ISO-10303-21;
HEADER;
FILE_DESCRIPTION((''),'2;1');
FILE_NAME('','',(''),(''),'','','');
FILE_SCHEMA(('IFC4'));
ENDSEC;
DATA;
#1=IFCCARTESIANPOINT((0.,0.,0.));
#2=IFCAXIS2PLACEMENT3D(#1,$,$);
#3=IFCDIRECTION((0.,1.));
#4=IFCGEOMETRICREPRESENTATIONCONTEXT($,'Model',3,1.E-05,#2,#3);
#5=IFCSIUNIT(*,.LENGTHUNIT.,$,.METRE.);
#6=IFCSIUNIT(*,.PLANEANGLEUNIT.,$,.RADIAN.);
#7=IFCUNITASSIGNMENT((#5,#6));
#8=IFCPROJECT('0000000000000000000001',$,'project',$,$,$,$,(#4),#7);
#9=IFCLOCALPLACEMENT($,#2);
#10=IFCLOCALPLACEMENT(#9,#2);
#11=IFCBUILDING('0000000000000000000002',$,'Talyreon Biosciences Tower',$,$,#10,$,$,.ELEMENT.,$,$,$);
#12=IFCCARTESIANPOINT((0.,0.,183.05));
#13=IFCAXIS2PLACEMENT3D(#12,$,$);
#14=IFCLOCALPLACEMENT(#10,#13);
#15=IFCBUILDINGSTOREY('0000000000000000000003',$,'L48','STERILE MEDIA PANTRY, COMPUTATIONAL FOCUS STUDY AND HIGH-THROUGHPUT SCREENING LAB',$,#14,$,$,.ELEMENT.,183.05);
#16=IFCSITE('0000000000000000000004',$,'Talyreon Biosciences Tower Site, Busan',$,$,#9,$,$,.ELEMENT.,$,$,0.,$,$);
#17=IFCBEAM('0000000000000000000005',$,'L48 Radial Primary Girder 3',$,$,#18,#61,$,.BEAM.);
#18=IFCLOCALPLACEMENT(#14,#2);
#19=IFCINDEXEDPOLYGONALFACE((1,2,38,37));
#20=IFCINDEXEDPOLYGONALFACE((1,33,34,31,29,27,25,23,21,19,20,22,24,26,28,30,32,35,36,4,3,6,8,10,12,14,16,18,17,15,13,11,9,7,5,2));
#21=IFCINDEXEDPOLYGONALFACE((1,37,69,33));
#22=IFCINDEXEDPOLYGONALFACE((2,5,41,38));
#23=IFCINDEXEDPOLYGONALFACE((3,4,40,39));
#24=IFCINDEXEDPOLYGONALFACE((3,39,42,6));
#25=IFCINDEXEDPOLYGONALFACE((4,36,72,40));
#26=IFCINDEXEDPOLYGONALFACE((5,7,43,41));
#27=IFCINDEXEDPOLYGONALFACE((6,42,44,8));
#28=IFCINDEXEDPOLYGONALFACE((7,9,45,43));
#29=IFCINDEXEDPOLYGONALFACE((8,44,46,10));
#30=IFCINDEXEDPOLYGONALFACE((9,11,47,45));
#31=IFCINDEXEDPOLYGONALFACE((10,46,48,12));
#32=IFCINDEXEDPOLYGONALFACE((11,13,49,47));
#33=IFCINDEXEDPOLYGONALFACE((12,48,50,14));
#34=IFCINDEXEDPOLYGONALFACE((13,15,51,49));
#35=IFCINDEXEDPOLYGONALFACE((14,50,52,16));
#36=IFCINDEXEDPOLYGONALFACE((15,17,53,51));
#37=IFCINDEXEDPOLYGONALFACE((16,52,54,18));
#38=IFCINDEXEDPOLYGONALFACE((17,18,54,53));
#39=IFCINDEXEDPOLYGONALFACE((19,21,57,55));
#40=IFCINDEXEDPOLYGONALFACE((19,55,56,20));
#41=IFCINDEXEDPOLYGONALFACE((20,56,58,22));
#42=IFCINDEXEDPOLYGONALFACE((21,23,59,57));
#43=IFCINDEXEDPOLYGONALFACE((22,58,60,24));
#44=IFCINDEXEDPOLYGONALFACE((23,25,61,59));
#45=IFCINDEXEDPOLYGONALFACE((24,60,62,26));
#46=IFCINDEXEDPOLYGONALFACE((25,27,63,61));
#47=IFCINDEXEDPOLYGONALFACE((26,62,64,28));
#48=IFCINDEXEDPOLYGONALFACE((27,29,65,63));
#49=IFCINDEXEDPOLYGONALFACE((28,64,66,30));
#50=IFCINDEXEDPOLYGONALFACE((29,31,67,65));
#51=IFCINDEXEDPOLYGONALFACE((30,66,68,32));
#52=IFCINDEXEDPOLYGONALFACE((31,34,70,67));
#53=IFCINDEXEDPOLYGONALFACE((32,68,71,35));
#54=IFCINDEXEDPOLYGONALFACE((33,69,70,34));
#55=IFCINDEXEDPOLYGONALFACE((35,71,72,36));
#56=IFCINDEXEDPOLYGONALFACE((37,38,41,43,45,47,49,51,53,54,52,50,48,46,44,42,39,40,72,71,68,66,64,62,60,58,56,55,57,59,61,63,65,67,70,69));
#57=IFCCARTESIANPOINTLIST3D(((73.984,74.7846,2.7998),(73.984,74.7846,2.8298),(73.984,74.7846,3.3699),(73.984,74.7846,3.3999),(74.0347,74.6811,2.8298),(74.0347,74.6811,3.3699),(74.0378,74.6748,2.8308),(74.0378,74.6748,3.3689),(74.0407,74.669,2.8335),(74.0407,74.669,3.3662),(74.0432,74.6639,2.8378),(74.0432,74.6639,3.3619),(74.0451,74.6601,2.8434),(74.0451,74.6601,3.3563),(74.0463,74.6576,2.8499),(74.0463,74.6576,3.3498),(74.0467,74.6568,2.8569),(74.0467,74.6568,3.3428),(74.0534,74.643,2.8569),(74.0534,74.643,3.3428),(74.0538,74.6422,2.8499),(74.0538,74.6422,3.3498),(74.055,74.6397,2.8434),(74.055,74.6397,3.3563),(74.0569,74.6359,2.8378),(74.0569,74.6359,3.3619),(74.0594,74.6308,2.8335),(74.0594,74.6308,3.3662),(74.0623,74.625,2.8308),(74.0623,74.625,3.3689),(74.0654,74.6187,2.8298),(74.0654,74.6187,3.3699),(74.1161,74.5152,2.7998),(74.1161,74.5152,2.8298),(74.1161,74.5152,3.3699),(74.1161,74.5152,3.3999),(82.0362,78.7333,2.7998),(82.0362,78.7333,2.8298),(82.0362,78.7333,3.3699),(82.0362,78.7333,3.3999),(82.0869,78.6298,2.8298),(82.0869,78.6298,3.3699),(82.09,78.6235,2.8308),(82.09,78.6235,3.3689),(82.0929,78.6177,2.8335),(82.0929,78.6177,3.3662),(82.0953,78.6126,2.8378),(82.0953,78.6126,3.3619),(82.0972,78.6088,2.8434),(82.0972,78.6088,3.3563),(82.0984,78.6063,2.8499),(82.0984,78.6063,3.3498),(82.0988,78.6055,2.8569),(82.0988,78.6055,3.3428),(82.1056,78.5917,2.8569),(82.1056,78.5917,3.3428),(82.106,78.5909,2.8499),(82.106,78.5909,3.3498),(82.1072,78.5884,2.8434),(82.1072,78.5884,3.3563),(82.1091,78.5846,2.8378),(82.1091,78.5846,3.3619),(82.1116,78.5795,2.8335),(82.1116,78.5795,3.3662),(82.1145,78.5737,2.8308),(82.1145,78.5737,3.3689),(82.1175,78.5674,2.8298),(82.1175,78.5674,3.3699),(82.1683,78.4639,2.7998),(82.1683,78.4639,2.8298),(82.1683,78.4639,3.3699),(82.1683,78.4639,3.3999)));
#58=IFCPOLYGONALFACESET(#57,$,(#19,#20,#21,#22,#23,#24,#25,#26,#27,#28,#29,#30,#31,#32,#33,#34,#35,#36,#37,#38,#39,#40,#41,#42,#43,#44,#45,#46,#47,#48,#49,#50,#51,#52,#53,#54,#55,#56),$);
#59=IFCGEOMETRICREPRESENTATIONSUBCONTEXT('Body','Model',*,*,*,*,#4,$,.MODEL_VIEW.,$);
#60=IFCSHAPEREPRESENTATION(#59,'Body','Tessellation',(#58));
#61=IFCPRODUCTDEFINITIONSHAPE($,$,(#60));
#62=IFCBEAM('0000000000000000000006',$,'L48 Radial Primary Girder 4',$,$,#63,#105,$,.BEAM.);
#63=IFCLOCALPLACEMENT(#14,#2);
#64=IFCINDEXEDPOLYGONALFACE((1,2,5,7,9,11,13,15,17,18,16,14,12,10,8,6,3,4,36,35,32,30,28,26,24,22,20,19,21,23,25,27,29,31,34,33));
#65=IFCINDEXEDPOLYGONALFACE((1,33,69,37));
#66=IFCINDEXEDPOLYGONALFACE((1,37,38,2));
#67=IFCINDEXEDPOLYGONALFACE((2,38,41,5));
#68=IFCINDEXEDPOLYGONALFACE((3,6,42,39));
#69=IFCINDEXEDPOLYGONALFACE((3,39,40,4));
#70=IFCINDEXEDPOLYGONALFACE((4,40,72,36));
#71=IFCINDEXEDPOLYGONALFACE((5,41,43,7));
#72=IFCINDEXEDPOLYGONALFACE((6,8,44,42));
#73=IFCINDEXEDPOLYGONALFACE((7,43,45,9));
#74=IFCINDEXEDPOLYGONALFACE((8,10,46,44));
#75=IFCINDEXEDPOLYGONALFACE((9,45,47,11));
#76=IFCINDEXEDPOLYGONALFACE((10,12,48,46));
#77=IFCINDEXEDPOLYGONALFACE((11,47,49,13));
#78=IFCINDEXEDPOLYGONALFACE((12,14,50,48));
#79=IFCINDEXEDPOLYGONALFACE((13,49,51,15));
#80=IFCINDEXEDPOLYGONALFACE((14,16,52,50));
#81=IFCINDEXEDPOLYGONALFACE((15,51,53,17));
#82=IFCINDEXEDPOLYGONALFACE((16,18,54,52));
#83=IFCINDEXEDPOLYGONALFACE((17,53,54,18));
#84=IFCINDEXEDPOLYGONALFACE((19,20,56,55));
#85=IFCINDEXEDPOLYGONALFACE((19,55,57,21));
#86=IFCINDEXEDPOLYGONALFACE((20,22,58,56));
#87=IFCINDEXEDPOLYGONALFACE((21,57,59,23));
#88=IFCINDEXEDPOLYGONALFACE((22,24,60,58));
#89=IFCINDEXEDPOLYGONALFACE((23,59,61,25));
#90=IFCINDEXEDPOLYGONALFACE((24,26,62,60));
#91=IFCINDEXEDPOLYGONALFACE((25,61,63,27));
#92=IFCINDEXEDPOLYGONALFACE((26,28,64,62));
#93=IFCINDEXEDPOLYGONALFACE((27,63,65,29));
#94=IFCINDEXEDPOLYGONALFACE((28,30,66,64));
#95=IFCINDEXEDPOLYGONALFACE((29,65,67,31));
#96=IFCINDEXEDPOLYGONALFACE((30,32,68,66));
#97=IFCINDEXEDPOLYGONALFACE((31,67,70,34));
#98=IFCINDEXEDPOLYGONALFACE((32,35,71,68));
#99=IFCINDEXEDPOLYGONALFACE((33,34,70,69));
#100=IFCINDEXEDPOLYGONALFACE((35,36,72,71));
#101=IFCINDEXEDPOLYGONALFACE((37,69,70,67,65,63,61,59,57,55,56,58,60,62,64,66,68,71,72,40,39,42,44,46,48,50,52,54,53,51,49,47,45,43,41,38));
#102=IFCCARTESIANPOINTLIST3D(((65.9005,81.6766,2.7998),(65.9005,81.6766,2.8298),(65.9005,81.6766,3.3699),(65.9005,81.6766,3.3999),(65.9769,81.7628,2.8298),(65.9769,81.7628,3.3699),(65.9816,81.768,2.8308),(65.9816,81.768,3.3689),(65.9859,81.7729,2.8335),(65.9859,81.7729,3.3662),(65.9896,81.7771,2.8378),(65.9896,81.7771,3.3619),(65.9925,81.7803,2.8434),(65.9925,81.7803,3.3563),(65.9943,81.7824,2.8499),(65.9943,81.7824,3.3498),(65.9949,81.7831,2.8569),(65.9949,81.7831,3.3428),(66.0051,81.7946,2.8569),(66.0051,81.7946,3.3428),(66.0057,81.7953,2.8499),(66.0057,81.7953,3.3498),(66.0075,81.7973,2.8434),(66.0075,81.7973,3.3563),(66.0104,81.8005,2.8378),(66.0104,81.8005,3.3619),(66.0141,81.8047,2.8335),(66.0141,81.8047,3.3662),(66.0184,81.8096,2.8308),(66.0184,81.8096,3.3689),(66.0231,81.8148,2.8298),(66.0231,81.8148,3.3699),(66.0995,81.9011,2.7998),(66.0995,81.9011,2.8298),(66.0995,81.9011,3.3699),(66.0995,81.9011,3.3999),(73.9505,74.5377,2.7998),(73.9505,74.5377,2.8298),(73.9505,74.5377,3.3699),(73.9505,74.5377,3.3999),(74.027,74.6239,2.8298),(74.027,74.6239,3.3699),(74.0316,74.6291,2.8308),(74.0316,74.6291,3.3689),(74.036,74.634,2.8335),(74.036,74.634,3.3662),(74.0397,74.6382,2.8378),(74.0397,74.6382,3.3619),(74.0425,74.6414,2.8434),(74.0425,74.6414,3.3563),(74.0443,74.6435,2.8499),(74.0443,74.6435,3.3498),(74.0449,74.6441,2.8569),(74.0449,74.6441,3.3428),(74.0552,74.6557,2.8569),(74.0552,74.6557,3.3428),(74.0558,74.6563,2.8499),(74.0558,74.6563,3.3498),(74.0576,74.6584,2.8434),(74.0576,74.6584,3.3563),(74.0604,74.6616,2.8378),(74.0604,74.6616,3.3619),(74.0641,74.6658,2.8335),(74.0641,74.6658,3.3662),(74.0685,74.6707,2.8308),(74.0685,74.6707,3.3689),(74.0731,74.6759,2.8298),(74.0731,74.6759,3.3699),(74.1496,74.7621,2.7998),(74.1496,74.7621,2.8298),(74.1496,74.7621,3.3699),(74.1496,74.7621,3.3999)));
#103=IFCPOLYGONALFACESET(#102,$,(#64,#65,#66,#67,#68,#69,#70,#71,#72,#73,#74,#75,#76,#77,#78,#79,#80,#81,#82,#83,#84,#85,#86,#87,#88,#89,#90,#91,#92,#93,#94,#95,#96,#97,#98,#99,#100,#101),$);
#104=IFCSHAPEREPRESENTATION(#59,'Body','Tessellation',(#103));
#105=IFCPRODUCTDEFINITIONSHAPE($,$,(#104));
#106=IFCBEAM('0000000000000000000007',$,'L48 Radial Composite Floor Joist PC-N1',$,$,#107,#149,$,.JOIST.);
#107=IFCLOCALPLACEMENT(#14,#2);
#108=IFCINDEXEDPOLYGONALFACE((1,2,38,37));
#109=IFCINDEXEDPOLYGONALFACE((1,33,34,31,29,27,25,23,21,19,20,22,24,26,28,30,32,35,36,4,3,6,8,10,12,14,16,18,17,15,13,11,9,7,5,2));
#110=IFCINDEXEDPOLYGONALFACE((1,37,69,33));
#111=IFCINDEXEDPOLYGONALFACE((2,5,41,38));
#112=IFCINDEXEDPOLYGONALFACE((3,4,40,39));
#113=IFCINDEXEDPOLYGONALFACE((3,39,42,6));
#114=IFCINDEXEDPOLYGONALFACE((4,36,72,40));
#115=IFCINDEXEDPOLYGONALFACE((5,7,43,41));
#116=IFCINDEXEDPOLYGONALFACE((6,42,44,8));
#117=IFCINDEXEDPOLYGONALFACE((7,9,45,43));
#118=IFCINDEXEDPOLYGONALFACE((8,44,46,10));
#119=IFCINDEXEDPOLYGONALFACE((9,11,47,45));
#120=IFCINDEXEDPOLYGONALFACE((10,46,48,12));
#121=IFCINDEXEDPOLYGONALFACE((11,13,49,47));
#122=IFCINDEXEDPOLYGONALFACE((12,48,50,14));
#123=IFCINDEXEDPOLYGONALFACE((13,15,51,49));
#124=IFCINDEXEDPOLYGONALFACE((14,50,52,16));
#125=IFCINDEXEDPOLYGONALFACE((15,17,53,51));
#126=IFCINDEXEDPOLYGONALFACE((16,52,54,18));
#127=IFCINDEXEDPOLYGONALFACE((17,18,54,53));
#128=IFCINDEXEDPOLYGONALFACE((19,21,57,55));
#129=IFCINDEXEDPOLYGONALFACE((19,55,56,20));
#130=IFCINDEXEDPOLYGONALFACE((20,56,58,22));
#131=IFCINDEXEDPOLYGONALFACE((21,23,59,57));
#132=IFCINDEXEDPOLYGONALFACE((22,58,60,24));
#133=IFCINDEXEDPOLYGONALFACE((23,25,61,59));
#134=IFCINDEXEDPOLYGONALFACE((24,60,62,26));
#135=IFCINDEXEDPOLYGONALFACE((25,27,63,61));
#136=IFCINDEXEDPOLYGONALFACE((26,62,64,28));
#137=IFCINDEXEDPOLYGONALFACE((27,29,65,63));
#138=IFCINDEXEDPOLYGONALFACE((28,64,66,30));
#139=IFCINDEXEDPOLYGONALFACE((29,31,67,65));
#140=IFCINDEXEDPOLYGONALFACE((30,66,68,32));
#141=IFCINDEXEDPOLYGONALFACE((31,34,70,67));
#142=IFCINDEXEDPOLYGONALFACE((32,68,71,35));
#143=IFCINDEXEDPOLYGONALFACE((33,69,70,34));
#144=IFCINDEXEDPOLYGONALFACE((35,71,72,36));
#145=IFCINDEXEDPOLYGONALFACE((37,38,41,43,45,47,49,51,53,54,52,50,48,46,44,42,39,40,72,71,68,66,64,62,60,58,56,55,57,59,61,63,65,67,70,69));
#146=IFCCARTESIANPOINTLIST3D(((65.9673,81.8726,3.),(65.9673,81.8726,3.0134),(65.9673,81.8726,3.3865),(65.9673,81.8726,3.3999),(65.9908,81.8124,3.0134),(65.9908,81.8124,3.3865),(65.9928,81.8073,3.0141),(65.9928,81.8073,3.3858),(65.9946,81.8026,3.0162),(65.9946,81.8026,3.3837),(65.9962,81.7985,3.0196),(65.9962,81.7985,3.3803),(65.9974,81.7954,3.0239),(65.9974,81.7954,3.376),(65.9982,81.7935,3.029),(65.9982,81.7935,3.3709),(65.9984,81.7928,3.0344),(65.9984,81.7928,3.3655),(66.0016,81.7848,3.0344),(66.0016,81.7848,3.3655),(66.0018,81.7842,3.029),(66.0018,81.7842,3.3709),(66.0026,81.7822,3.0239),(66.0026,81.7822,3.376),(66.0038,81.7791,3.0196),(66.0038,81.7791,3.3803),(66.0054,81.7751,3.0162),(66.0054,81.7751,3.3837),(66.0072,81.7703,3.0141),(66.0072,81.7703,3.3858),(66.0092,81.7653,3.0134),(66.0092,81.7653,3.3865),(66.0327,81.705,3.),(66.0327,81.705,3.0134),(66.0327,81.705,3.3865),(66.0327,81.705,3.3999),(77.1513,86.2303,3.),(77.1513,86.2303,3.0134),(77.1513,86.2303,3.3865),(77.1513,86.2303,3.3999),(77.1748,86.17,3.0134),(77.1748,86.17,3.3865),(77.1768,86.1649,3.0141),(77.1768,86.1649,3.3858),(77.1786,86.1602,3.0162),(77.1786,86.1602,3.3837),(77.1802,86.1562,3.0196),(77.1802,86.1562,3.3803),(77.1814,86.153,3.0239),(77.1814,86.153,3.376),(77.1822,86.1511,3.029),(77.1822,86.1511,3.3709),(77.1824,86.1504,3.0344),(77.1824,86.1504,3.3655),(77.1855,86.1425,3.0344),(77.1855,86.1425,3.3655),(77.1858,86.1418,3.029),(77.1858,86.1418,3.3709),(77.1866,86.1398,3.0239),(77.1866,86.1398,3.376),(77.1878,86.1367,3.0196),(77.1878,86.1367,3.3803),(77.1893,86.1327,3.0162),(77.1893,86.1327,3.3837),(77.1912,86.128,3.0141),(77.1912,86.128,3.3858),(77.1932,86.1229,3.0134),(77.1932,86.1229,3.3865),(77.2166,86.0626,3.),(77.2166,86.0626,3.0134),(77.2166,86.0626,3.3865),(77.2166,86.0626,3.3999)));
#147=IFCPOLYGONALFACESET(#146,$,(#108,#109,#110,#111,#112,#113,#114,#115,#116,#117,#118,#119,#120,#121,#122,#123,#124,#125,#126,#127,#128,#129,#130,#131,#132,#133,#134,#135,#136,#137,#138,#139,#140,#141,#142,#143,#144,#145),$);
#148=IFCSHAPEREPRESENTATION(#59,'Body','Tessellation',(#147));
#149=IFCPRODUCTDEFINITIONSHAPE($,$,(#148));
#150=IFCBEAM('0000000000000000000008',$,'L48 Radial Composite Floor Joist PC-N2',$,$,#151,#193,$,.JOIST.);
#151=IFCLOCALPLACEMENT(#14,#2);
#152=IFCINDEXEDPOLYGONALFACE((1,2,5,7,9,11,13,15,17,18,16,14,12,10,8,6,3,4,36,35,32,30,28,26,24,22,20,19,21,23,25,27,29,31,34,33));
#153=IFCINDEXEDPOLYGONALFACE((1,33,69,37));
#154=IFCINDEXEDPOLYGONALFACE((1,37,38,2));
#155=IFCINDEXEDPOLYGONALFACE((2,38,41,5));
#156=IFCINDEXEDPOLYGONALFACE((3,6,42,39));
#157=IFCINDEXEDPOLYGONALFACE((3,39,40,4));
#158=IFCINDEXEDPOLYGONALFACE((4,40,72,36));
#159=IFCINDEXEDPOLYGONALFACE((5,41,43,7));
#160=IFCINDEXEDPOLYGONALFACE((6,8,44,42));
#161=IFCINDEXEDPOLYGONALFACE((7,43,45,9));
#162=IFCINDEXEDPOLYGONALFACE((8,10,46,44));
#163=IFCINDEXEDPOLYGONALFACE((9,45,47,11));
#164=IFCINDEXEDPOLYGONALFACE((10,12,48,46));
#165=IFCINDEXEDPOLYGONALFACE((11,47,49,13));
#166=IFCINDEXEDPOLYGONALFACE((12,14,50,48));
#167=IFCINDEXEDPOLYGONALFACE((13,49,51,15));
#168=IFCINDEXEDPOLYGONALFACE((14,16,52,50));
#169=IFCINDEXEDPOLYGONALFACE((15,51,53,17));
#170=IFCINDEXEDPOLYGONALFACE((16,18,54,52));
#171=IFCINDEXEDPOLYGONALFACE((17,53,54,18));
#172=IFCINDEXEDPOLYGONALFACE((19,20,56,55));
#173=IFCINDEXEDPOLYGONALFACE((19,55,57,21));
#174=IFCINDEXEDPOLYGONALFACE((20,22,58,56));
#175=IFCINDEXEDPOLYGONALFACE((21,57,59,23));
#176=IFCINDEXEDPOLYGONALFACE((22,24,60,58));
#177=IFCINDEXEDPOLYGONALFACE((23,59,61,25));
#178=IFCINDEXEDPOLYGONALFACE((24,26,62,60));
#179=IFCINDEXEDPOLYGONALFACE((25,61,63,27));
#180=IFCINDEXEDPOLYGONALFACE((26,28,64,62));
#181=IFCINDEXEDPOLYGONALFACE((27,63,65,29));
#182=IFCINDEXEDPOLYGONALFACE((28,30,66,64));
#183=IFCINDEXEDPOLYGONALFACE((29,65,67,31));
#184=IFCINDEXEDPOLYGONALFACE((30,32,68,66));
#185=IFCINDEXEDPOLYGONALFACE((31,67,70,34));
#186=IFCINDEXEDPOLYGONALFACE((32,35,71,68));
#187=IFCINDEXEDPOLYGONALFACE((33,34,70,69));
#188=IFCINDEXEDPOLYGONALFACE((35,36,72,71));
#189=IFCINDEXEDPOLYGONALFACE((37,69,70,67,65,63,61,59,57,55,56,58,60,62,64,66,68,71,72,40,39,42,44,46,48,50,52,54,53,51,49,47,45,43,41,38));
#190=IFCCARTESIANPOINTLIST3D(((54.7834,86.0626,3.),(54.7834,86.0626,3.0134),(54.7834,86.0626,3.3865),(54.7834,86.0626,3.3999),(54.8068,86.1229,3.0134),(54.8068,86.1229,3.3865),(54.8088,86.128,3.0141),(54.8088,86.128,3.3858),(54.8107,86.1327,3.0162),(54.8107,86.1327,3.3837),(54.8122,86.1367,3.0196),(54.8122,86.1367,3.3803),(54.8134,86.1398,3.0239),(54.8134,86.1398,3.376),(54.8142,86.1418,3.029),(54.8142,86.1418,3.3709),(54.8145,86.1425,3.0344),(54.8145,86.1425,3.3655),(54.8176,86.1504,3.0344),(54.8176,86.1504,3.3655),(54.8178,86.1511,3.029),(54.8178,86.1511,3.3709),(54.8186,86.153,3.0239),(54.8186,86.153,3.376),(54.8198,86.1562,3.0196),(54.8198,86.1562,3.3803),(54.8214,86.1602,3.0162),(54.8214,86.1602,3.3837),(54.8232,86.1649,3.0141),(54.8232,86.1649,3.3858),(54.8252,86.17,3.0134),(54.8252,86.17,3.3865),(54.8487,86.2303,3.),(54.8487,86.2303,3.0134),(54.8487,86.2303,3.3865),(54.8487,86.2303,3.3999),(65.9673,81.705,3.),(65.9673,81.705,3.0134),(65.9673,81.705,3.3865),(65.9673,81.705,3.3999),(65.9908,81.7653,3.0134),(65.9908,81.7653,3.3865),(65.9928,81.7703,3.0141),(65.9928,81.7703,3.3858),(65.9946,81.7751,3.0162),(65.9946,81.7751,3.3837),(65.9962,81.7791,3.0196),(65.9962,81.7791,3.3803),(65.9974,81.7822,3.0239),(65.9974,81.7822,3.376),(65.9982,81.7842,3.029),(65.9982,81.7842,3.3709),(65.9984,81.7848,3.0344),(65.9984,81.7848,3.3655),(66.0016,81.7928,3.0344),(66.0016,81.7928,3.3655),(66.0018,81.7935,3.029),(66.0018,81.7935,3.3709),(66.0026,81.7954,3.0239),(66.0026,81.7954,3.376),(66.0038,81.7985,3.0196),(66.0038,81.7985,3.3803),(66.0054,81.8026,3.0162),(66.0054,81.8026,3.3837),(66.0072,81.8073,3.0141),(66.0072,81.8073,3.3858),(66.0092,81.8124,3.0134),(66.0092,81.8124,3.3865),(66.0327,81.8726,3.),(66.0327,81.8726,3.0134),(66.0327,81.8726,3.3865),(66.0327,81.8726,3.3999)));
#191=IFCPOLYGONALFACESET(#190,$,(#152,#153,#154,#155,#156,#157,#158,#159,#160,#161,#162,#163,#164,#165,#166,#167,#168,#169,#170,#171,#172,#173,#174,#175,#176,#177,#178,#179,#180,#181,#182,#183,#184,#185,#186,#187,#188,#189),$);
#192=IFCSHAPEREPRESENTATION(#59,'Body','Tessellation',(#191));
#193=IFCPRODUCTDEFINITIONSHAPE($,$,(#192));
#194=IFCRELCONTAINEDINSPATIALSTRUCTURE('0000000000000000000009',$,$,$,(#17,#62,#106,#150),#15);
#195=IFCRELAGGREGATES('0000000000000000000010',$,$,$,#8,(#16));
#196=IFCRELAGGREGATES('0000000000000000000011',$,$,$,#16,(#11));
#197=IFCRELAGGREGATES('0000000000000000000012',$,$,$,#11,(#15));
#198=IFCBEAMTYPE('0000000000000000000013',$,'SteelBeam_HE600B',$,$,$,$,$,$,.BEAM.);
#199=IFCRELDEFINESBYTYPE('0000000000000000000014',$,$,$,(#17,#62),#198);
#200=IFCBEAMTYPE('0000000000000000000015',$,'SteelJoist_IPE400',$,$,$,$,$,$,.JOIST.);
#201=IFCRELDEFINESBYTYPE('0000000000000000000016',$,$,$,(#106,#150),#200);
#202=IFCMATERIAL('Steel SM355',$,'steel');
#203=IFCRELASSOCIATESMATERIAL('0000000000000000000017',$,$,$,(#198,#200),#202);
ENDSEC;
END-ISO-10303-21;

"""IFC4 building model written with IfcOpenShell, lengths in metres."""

from ifc_helpers import new_model, si_unit, direction, frame, origin, origin_2d, place, context, subcontext, project, spatial, i_section, extrude, material, material_profile, profile_set, type_object, element, save


model = new_model("IFC4")

# Units and contexts
model_context = context("Model", 3, precision=1e-05, world=origin(), true_north=direction((0.0, 1.0)))
body_context = subcontext(model_context, "Body", "Model", "MODEL_VIEW")
ifc_project = project(units=[si_unit("LENGTHUNIT", "METRE"), si_unit("PLANEANGLEUNIT", "RADIAN")], contexts=[model_context])

# Site, building, storey
site_placement = place(None, origin())
site = spatial("IfcSite", under=ifc_project, at=site_placement, Name="Talyreon Biosciences Tower Site, Busan", CompositionType="ELEMENT", RefElevation=0.0)
building_placement = place(site_placement, origin())
building = spatial("IfcBuilding", under=site, at=building_placement, Name="Talyreon Biosciences Tower", CompositionType="ELEMENT")
storey_placement = place(building_placement, frame((0.0, 0.0, 183.05)))
storey = spatial("IfcBuildingStorey", under=building, at=storey_placement, Name="L48", Description="STERILE MEDIA PANTRY, COMPUTATIONAL FOCUS STUDY AND HIGH-THROUGHPUT SCREENING LAB", CompositionType="ELEMENT", Elevation=183.05)

# Beams
ifc_material_1 = material(Name="Steel SM355", Category="steel")
ifc_material_profile_1 = material_profile(ifc_material_1, i_section(OverallWidth=0.3, OverallDepth=0.6001, WebThickness=0.0154, FlangeThickness=0.03, FilletRadius=0.0271, at=origin_2d()), Name="HE600B")
ifc_profile_set_1 = profile_set([ifc_material_profile_1], Name="Steel SM355")
beam_type_1 = type_object("IfcBeamType", Name="SteelBeam_HE600B", PredefinedType="BEAM", material=ifc_profile_set_1)
beam_1_placement = place(storey_placement, frame((74.05, 74.6499, 3.0999), z_axis=(0.897852, 0.440297, 0.0), x_axis=(-0.440297, 0.897852, 0.0)))
element("IfcBeam", 1, at=beam_1_placement, inside=storey, type_object=beam_type_1, Name="L48 Radial Primary Girder 3", PredefinedType="BEAM", context=body_context, shape_type="SweptSolid", body=[
    extrude(i_section(OverallWidth=0.3, OverallDepth=0.6001, WebThickness=0.0154, FlangeThickness=0.03, FilletRadius=0.0271, at=origin_2d()), origin(), (0.0, 0.0, 1.0), 8.9683),
])
beam_2_placement = place(storey_placement, frame((74.05, 74.6499, 3.0999), z_axis=(-0.748179, 0.663497, 0.0), x_axis=(-0.663497, -0.748179, 0.0)))
element("IfcBeam", 2, at=beam_2_placement, inside=storey, type_object=beam_type_1, Name="L48 Radial Primary Girder 4", PredefinedType="BEAM", context=body_context, shape_type="SweptSolid", body=[
    extrude(i_section(OverallWidth=0.3, OverallDepth=0.6001, WebThickness=0.0154, FlangeThickness=0.03, FilletRadius=0.0271, at=origin_2d()), origin(), (0.0, 0.0, 1.0), 10.7595),
])
ifc_material_profile_2 = material_profile(ifc_material_1, i_section(OverallWidth=0.1799, OverallDepth=0.3999, WebThickness=0.0085, FlangeThickness=0.0134, FilletRadius=0.021, at=origin_2d()), Name="IPE400")
ifc_profile_set_2 = profile_set([ifc_material_profile_2], Name="Steel SM355")
beam_type_2 = type_object("IfcBeamType", Name="SteelJoist_IPE400", PredefinedType="JOIST", material=ifc_profile_set_2)
for number, where, z_axis, x_axis, name in (
    (3, (66.0, 81.7888, 3.2), (0.931771, 0.363047, 0.0), (-0.363047, 0.931771, 0.0), "L48 Radial Composite Floor Joist PC-N1"),
    (4, (66.0, 81.7888, 3.2), (-0.931771, 0.363047, 0.0), (-0.363047, -0.931771, 0.0), "L48 Radial Composite Floor Joist PC-N2"),
):
    element("IfcBeam", number, at=place(storey_placement, frame(where, z_axis=z_axis, x_axis=x_axis)), inside=storey, type_object=beam_type_2, Name=name, PredefinedType="JOIST", context=body_context, shape_type="SweptSolid", body=[
        extrude(i_section(OverallWidth=0.1799, OverallDepth=0.3999, WebThickness=0.0085, FlangeThickness=0.0134, FilletRadius=0.021, at=origin_2d()), origin(), (0.0, 0.0, 1.0), 12.0029),
    ])

save(model, "model.ifc")
